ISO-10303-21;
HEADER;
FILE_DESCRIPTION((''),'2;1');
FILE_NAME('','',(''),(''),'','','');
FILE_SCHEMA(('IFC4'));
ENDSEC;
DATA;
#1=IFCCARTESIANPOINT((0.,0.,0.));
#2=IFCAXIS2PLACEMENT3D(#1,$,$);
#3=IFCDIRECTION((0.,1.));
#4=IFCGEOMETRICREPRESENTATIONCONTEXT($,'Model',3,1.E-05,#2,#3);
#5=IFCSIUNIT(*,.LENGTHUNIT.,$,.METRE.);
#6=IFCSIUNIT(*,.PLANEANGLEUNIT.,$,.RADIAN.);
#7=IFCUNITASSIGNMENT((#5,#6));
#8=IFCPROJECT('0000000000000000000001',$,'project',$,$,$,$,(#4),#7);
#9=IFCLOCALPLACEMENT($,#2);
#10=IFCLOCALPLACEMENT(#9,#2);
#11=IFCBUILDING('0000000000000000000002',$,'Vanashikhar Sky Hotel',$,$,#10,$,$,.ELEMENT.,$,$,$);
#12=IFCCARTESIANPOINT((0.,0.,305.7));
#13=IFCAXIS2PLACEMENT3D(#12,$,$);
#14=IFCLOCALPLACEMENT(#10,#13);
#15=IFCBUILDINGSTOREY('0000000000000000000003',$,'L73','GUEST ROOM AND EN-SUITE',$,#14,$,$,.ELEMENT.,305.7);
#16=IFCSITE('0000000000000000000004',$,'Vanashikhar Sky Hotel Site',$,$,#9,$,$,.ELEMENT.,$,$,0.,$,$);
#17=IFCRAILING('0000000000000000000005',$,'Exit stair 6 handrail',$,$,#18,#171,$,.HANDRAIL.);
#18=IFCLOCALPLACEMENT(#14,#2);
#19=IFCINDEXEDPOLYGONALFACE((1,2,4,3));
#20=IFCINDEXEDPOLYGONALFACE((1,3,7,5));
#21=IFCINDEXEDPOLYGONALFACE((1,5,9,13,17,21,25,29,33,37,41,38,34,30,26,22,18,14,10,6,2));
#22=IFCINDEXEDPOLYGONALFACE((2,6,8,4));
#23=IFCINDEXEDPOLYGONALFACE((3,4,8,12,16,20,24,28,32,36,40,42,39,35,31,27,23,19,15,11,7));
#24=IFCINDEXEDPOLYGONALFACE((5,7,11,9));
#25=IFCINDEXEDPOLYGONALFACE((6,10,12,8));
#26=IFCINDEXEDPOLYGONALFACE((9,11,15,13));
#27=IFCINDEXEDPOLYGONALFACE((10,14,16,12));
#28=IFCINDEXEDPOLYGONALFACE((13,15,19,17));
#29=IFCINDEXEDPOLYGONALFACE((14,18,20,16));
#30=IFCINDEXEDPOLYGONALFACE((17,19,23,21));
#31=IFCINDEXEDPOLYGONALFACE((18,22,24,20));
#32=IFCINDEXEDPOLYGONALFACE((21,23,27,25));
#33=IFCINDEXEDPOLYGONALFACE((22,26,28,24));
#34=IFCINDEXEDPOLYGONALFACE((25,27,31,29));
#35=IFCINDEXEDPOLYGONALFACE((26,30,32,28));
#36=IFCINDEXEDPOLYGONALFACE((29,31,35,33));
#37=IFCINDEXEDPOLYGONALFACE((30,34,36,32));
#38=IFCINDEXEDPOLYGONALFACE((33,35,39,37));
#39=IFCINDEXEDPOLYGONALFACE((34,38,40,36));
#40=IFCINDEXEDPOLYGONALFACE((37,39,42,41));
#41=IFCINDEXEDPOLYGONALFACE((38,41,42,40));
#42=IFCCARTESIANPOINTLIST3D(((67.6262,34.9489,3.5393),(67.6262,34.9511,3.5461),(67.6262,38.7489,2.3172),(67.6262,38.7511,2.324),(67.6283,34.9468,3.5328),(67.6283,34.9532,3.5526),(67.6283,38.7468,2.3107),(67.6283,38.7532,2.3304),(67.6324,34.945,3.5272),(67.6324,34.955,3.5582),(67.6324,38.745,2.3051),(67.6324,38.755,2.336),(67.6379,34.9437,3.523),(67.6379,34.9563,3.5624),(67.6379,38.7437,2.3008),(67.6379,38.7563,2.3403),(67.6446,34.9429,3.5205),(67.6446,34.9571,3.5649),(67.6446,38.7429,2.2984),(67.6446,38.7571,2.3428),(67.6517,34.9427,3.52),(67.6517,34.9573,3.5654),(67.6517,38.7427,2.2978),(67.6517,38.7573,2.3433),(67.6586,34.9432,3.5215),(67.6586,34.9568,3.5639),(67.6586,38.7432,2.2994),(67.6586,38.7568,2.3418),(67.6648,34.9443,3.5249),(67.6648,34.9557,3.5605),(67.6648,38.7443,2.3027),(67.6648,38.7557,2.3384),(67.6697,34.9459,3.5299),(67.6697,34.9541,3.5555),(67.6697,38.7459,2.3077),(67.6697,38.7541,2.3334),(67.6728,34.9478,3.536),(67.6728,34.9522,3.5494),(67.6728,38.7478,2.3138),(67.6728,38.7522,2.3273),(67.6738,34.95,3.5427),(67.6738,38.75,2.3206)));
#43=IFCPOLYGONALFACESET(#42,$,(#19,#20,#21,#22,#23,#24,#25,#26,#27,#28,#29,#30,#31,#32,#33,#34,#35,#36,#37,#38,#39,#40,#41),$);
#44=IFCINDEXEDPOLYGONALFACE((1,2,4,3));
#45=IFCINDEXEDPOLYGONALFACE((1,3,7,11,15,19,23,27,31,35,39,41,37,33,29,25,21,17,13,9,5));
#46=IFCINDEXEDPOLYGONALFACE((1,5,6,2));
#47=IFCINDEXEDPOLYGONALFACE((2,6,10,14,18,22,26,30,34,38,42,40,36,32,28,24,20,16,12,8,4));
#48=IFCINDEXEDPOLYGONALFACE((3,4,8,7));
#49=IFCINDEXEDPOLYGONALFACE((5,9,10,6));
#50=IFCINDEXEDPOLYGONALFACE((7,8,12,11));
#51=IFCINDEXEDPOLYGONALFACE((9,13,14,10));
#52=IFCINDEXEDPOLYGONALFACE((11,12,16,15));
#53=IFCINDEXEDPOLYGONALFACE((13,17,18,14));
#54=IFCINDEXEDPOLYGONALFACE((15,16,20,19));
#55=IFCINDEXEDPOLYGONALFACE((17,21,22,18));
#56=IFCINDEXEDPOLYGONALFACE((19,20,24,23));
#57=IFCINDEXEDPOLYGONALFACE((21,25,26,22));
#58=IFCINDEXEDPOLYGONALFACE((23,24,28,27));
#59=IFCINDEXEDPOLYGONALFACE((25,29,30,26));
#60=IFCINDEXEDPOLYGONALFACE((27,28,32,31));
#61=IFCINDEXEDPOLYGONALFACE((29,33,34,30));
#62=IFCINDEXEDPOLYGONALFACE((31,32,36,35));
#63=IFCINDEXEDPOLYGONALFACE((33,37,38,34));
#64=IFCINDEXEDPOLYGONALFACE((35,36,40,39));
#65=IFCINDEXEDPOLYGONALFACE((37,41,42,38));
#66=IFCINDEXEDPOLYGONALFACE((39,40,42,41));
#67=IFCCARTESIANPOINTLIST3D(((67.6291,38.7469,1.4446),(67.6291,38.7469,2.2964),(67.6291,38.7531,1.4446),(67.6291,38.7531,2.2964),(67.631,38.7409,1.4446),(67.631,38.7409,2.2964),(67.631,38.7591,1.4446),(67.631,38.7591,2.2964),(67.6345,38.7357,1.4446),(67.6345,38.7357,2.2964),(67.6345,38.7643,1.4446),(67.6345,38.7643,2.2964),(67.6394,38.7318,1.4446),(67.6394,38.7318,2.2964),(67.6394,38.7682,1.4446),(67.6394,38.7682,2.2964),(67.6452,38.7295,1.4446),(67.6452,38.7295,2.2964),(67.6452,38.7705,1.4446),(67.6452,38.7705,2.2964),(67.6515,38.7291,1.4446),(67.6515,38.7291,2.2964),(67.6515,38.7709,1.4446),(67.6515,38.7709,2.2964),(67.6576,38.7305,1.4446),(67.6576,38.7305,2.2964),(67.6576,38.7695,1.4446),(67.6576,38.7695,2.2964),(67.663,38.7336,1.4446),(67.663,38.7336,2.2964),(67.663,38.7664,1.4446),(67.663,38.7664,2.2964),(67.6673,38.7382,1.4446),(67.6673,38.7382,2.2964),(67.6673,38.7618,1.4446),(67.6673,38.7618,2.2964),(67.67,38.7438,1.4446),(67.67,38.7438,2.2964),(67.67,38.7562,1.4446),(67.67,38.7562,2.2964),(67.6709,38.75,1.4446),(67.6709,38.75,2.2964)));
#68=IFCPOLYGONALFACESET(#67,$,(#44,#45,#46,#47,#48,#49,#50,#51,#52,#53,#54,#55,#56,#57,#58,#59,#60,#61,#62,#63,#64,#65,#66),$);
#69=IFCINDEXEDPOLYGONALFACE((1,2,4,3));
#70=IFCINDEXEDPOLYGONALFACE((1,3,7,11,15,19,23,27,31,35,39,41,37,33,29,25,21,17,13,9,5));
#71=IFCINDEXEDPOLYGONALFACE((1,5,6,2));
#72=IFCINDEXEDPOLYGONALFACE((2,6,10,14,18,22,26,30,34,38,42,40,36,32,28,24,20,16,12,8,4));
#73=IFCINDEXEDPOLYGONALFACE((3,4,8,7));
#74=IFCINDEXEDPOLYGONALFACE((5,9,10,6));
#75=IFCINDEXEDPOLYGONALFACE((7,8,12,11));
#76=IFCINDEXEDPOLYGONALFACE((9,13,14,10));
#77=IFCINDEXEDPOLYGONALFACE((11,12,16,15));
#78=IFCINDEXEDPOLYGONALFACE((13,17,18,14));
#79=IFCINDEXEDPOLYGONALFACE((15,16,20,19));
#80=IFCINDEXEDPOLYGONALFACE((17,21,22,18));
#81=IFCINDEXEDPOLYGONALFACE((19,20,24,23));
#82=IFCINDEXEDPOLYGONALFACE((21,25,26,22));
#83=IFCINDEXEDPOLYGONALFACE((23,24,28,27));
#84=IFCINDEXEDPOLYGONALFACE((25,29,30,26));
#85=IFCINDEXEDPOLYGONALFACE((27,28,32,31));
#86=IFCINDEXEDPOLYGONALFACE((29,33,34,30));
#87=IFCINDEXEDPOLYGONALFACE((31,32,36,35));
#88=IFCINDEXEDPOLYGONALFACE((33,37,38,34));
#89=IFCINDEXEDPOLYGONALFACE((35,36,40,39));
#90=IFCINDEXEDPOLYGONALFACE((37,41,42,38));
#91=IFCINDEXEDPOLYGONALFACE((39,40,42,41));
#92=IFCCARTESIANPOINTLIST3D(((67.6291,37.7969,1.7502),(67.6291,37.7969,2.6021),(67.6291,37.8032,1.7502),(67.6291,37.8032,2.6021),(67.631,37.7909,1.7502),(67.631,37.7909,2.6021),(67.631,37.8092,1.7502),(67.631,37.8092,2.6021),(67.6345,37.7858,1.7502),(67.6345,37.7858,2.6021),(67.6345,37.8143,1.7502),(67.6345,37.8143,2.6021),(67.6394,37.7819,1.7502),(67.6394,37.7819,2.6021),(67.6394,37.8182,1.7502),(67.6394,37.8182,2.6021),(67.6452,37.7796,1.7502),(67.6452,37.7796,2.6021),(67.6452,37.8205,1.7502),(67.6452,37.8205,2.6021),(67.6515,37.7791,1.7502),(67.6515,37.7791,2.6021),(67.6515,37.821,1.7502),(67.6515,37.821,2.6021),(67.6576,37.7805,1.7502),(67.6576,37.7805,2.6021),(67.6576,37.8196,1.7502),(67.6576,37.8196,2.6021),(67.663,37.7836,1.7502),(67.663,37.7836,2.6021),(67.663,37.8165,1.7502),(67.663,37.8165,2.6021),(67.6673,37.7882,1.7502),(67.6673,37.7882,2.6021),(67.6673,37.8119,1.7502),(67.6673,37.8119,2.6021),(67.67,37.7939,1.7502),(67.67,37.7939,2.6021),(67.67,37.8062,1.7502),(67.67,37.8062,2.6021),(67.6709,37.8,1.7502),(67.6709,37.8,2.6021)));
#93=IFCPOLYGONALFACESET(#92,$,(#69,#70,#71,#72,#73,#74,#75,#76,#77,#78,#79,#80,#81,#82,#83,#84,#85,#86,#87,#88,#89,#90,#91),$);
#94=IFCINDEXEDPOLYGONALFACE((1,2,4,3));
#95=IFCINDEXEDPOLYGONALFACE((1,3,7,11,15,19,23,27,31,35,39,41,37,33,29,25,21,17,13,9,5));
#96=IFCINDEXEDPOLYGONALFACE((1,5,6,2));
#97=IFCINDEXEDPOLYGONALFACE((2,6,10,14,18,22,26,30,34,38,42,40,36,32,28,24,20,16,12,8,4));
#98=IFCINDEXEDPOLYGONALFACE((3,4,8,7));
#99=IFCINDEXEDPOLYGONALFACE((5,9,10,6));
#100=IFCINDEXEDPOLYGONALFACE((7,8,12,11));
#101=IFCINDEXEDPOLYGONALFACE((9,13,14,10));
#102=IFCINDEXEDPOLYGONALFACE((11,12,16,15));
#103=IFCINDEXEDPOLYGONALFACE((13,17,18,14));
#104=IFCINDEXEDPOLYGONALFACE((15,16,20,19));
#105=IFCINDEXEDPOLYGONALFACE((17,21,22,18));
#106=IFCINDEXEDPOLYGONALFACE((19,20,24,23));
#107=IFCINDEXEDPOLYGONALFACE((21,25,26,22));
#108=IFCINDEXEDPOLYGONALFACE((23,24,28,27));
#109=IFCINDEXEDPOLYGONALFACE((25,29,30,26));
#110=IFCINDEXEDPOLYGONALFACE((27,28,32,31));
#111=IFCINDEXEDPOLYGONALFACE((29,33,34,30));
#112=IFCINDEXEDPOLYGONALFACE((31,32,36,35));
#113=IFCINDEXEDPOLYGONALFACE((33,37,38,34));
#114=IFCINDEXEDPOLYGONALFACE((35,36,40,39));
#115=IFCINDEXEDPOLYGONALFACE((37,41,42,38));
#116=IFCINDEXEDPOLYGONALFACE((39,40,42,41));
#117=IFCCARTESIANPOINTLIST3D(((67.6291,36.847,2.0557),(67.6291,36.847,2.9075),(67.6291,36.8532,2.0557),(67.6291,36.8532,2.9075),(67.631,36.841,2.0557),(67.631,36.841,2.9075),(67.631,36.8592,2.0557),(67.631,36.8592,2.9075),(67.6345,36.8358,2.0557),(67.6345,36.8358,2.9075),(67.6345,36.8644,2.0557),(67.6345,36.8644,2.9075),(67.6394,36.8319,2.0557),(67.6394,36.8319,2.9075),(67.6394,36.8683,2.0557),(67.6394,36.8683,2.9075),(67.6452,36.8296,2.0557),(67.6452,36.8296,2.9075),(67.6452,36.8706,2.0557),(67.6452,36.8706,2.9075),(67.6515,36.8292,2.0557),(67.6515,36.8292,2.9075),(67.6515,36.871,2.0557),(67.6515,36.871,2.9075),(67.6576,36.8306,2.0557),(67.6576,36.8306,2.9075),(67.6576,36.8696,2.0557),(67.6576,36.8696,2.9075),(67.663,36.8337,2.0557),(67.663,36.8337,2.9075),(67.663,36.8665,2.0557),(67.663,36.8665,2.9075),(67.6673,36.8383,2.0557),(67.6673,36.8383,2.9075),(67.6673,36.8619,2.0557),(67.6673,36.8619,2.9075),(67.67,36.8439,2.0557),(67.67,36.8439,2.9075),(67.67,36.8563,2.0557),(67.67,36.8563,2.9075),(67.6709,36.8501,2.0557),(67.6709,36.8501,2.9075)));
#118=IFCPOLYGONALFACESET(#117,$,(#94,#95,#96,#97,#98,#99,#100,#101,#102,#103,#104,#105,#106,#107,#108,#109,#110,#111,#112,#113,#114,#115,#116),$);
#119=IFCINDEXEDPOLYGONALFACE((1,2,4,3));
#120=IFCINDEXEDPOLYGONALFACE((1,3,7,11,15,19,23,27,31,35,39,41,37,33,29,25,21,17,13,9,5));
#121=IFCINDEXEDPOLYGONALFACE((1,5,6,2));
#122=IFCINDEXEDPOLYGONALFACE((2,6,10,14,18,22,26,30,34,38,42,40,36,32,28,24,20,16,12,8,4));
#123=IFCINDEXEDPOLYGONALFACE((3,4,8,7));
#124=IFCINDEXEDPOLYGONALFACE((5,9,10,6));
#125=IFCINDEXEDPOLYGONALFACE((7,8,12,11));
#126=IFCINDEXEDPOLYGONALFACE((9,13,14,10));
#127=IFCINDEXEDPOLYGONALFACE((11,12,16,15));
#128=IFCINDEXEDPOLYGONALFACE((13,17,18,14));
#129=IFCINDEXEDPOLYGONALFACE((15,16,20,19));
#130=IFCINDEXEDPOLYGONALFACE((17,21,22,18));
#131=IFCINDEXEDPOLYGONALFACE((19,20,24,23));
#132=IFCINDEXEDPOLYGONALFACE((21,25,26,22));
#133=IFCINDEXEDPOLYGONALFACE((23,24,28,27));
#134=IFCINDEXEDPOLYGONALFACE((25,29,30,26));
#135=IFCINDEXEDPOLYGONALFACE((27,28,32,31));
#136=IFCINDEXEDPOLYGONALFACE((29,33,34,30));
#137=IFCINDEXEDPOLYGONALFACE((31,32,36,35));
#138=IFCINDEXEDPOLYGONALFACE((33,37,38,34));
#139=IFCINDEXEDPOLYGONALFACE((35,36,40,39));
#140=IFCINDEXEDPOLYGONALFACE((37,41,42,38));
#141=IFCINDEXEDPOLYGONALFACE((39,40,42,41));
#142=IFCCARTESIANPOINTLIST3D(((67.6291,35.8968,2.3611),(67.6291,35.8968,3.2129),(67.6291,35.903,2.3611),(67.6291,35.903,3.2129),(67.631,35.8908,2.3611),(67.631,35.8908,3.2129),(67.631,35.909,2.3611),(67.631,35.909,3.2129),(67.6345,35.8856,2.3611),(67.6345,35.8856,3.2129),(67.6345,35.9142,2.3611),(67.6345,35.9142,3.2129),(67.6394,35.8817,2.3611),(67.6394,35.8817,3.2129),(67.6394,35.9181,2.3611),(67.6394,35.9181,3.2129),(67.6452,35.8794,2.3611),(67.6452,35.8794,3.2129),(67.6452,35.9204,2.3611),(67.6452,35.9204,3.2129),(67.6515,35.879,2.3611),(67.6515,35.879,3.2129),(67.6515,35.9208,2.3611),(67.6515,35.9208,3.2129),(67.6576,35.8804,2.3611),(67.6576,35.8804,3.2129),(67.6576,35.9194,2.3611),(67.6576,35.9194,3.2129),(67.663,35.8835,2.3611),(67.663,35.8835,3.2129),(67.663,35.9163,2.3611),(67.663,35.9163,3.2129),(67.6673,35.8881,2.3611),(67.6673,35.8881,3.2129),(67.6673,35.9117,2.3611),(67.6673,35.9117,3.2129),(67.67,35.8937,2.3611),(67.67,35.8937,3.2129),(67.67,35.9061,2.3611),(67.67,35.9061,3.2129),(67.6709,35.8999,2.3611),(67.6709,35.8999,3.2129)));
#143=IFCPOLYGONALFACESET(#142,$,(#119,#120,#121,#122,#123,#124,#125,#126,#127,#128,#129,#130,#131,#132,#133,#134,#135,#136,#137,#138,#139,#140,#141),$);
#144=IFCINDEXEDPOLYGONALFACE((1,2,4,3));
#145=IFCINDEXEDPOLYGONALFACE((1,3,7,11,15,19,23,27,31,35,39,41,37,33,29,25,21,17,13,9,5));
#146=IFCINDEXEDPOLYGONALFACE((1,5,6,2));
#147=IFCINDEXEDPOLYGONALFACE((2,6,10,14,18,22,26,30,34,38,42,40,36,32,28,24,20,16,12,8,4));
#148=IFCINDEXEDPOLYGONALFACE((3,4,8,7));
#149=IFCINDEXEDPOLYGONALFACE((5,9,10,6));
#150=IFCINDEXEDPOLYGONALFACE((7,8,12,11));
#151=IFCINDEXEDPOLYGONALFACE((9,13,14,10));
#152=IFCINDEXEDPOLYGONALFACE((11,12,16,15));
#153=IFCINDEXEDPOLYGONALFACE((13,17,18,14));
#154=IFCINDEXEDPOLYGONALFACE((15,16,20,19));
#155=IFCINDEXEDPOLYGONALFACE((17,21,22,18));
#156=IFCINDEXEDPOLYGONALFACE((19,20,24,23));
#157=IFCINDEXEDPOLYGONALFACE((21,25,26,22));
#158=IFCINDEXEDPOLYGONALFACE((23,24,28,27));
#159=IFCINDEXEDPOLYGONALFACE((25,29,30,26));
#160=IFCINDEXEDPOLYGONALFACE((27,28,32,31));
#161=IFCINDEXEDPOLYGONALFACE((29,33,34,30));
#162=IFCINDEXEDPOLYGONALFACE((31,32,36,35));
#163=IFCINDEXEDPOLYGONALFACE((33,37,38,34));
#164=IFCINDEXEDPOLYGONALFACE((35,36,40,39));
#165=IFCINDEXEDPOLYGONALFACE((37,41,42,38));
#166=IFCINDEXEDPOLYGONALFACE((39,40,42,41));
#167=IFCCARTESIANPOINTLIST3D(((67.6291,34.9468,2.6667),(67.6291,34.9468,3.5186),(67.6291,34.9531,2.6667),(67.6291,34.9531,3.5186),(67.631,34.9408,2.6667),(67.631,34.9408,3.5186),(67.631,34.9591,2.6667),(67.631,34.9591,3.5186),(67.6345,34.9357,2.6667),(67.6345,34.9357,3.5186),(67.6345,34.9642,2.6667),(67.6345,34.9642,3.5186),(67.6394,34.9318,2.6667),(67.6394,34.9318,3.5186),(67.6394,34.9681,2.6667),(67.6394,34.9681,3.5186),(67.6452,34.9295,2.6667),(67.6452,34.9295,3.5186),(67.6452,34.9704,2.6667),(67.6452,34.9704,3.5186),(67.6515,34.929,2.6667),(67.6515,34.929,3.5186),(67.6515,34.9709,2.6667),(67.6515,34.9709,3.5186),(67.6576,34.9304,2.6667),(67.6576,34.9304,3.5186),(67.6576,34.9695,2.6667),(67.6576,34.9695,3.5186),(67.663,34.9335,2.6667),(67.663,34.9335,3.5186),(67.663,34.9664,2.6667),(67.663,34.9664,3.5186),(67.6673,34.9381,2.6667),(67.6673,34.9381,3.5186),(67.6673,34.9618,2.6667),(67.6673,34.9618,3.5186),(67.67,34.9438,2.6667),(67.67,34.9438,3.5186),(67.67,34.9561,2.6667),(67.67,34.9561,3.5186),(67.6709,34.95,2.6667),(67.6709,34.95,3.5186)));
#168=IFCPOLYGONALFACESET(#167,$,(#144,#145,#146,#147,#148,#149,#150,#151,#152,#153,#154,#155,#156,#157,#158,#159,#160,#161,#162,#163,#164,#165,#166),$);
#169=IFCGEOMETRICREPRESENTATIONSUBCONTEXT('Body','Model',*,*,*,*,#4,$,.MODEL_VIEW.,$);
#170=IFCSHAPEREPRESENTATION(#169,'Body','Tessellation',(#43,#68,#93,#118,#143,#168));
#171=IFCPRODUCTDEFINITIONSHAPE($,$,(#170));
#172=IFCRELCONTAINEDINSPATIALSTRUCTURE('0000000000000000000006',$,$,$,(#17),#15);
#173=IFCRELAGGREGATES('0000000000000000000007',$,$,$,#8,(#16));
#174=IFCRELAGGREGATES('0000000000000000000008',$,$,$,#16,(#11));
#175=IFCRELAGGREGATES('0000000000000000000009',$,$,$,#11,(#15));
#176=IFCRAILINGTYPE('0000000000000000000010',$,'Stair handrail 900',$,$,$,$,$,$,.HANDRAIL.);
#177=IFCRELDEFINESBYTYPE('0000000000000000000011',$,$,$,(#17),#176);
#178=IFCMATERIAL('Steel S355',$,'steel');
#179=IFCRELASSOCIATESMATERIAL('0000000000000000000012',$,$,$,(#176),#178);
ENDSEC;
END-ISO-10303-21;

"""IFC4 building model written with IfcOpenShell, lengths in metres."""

from ifc_helpers import new_model, si_unit, direction, frame, origin, origin_2d, place, context, subcontext, project, spatial, circle, extrude, source, transform, mapped, material, type_object, element, save


model = new_model("IFC4")

# Units and contexts
model_context = context("Model", 3, precision=1e-05, world=origin(), true_north=direction((0.0, 1.0)))
body_context = subcontext(model_context, "Body", "Model", "MODEL_VIEW")
ifc_project = project(units=[si_unit("LENGTHUNIT", "METRE"), si_unit("PLANEANGLEUNIT", "RADIAN")], contexts=[model_context])

# Site, building, storey
site_placement = place(None, origin())
site = spatial("IfcSite", under=ifc_project, at=site_placement, Name="Vanashikhar Sky Hotel Site", CompositionType="ELEMENT", RefElevation=0.0)
building_placement = place(site_placement, origin())
building = spatial("IfcBuilding", under=site, at=building_placement, Name="Vanashikhar Sky Hotel", CompositionType="ELEMENT")
storey_placement = place(building_placement, frame((0.0, 0.0, 305.7)))
storey = spatial("IfcBuildingStorey", under=building, at=storey_placement, Name="L73", Description="GUEST ROOM AND EN-SUITE", CompositionType="ELEMENT", Elevation=305.7)

# Railing
ifc_material_1 = material(Name="Steel S355", Category="steel")
railing_type_1 = type_object("IfcRailingType", Name="Stair handrail 900", PredefinedType="HANDRAIL", material=ifc_material_1)
shared_shape_1 = source(origin(), body_context, "Body", "SweptSolid", [
    extrude(circle(Radius=0.0239, at=origin_2d()), frame((0.0, 0.0, 0.876), z_axis=(0.0, -0.951976, 0.306173), x_axis=(1.0, 0.0, 0.0)), (0.0, 0.0, 1.0), 3.9917),
    extrude(circle(Radius=0.021, at=origin_2d()), origin(), (0.0, 0.0, 1.0), 0.8518),
    extrude(circle(Radius=0.021, at=origin_2d()), frame((0.0, -0.95, 0.3057)), (0.0, 0.0, 1.0), 0.8518),
    extrude(circle(Radius=0.021, at=origin_2d()), frame((0.0, -1.8999, 0.6111)), (0.0, 0.0, 1.0), 0.8518),
    extrude(circle(Radius=0.021, at=origin_2d()), frame((0.0, -2.8501, 0.9165)), (0.0, 0.0, 1.0), 0.8518),
    extrude(circle(Radius=0.021, at=origin_2d()), frame((0.0, -3.8, 1.2222)), (0.0, 0.0, 1.0), 0.8518),
])
railing_1_placement = place(storey_placement, frame((67.6499, 38.75, 1.4446)))
element("IfcRailing", 1, at=railing_1_placement, inside=storey, type_object=railing_type_1, Name="Exit stair 6 handrail", PredefinedType="HANDRAIL", context=body_context, shape_type="MappedRepresentation", body=[
    mapped(shared_shape_1, transform((0.0, 0.0, 0.0), scale=1.0)),
])

save(model, "model.ifc")
